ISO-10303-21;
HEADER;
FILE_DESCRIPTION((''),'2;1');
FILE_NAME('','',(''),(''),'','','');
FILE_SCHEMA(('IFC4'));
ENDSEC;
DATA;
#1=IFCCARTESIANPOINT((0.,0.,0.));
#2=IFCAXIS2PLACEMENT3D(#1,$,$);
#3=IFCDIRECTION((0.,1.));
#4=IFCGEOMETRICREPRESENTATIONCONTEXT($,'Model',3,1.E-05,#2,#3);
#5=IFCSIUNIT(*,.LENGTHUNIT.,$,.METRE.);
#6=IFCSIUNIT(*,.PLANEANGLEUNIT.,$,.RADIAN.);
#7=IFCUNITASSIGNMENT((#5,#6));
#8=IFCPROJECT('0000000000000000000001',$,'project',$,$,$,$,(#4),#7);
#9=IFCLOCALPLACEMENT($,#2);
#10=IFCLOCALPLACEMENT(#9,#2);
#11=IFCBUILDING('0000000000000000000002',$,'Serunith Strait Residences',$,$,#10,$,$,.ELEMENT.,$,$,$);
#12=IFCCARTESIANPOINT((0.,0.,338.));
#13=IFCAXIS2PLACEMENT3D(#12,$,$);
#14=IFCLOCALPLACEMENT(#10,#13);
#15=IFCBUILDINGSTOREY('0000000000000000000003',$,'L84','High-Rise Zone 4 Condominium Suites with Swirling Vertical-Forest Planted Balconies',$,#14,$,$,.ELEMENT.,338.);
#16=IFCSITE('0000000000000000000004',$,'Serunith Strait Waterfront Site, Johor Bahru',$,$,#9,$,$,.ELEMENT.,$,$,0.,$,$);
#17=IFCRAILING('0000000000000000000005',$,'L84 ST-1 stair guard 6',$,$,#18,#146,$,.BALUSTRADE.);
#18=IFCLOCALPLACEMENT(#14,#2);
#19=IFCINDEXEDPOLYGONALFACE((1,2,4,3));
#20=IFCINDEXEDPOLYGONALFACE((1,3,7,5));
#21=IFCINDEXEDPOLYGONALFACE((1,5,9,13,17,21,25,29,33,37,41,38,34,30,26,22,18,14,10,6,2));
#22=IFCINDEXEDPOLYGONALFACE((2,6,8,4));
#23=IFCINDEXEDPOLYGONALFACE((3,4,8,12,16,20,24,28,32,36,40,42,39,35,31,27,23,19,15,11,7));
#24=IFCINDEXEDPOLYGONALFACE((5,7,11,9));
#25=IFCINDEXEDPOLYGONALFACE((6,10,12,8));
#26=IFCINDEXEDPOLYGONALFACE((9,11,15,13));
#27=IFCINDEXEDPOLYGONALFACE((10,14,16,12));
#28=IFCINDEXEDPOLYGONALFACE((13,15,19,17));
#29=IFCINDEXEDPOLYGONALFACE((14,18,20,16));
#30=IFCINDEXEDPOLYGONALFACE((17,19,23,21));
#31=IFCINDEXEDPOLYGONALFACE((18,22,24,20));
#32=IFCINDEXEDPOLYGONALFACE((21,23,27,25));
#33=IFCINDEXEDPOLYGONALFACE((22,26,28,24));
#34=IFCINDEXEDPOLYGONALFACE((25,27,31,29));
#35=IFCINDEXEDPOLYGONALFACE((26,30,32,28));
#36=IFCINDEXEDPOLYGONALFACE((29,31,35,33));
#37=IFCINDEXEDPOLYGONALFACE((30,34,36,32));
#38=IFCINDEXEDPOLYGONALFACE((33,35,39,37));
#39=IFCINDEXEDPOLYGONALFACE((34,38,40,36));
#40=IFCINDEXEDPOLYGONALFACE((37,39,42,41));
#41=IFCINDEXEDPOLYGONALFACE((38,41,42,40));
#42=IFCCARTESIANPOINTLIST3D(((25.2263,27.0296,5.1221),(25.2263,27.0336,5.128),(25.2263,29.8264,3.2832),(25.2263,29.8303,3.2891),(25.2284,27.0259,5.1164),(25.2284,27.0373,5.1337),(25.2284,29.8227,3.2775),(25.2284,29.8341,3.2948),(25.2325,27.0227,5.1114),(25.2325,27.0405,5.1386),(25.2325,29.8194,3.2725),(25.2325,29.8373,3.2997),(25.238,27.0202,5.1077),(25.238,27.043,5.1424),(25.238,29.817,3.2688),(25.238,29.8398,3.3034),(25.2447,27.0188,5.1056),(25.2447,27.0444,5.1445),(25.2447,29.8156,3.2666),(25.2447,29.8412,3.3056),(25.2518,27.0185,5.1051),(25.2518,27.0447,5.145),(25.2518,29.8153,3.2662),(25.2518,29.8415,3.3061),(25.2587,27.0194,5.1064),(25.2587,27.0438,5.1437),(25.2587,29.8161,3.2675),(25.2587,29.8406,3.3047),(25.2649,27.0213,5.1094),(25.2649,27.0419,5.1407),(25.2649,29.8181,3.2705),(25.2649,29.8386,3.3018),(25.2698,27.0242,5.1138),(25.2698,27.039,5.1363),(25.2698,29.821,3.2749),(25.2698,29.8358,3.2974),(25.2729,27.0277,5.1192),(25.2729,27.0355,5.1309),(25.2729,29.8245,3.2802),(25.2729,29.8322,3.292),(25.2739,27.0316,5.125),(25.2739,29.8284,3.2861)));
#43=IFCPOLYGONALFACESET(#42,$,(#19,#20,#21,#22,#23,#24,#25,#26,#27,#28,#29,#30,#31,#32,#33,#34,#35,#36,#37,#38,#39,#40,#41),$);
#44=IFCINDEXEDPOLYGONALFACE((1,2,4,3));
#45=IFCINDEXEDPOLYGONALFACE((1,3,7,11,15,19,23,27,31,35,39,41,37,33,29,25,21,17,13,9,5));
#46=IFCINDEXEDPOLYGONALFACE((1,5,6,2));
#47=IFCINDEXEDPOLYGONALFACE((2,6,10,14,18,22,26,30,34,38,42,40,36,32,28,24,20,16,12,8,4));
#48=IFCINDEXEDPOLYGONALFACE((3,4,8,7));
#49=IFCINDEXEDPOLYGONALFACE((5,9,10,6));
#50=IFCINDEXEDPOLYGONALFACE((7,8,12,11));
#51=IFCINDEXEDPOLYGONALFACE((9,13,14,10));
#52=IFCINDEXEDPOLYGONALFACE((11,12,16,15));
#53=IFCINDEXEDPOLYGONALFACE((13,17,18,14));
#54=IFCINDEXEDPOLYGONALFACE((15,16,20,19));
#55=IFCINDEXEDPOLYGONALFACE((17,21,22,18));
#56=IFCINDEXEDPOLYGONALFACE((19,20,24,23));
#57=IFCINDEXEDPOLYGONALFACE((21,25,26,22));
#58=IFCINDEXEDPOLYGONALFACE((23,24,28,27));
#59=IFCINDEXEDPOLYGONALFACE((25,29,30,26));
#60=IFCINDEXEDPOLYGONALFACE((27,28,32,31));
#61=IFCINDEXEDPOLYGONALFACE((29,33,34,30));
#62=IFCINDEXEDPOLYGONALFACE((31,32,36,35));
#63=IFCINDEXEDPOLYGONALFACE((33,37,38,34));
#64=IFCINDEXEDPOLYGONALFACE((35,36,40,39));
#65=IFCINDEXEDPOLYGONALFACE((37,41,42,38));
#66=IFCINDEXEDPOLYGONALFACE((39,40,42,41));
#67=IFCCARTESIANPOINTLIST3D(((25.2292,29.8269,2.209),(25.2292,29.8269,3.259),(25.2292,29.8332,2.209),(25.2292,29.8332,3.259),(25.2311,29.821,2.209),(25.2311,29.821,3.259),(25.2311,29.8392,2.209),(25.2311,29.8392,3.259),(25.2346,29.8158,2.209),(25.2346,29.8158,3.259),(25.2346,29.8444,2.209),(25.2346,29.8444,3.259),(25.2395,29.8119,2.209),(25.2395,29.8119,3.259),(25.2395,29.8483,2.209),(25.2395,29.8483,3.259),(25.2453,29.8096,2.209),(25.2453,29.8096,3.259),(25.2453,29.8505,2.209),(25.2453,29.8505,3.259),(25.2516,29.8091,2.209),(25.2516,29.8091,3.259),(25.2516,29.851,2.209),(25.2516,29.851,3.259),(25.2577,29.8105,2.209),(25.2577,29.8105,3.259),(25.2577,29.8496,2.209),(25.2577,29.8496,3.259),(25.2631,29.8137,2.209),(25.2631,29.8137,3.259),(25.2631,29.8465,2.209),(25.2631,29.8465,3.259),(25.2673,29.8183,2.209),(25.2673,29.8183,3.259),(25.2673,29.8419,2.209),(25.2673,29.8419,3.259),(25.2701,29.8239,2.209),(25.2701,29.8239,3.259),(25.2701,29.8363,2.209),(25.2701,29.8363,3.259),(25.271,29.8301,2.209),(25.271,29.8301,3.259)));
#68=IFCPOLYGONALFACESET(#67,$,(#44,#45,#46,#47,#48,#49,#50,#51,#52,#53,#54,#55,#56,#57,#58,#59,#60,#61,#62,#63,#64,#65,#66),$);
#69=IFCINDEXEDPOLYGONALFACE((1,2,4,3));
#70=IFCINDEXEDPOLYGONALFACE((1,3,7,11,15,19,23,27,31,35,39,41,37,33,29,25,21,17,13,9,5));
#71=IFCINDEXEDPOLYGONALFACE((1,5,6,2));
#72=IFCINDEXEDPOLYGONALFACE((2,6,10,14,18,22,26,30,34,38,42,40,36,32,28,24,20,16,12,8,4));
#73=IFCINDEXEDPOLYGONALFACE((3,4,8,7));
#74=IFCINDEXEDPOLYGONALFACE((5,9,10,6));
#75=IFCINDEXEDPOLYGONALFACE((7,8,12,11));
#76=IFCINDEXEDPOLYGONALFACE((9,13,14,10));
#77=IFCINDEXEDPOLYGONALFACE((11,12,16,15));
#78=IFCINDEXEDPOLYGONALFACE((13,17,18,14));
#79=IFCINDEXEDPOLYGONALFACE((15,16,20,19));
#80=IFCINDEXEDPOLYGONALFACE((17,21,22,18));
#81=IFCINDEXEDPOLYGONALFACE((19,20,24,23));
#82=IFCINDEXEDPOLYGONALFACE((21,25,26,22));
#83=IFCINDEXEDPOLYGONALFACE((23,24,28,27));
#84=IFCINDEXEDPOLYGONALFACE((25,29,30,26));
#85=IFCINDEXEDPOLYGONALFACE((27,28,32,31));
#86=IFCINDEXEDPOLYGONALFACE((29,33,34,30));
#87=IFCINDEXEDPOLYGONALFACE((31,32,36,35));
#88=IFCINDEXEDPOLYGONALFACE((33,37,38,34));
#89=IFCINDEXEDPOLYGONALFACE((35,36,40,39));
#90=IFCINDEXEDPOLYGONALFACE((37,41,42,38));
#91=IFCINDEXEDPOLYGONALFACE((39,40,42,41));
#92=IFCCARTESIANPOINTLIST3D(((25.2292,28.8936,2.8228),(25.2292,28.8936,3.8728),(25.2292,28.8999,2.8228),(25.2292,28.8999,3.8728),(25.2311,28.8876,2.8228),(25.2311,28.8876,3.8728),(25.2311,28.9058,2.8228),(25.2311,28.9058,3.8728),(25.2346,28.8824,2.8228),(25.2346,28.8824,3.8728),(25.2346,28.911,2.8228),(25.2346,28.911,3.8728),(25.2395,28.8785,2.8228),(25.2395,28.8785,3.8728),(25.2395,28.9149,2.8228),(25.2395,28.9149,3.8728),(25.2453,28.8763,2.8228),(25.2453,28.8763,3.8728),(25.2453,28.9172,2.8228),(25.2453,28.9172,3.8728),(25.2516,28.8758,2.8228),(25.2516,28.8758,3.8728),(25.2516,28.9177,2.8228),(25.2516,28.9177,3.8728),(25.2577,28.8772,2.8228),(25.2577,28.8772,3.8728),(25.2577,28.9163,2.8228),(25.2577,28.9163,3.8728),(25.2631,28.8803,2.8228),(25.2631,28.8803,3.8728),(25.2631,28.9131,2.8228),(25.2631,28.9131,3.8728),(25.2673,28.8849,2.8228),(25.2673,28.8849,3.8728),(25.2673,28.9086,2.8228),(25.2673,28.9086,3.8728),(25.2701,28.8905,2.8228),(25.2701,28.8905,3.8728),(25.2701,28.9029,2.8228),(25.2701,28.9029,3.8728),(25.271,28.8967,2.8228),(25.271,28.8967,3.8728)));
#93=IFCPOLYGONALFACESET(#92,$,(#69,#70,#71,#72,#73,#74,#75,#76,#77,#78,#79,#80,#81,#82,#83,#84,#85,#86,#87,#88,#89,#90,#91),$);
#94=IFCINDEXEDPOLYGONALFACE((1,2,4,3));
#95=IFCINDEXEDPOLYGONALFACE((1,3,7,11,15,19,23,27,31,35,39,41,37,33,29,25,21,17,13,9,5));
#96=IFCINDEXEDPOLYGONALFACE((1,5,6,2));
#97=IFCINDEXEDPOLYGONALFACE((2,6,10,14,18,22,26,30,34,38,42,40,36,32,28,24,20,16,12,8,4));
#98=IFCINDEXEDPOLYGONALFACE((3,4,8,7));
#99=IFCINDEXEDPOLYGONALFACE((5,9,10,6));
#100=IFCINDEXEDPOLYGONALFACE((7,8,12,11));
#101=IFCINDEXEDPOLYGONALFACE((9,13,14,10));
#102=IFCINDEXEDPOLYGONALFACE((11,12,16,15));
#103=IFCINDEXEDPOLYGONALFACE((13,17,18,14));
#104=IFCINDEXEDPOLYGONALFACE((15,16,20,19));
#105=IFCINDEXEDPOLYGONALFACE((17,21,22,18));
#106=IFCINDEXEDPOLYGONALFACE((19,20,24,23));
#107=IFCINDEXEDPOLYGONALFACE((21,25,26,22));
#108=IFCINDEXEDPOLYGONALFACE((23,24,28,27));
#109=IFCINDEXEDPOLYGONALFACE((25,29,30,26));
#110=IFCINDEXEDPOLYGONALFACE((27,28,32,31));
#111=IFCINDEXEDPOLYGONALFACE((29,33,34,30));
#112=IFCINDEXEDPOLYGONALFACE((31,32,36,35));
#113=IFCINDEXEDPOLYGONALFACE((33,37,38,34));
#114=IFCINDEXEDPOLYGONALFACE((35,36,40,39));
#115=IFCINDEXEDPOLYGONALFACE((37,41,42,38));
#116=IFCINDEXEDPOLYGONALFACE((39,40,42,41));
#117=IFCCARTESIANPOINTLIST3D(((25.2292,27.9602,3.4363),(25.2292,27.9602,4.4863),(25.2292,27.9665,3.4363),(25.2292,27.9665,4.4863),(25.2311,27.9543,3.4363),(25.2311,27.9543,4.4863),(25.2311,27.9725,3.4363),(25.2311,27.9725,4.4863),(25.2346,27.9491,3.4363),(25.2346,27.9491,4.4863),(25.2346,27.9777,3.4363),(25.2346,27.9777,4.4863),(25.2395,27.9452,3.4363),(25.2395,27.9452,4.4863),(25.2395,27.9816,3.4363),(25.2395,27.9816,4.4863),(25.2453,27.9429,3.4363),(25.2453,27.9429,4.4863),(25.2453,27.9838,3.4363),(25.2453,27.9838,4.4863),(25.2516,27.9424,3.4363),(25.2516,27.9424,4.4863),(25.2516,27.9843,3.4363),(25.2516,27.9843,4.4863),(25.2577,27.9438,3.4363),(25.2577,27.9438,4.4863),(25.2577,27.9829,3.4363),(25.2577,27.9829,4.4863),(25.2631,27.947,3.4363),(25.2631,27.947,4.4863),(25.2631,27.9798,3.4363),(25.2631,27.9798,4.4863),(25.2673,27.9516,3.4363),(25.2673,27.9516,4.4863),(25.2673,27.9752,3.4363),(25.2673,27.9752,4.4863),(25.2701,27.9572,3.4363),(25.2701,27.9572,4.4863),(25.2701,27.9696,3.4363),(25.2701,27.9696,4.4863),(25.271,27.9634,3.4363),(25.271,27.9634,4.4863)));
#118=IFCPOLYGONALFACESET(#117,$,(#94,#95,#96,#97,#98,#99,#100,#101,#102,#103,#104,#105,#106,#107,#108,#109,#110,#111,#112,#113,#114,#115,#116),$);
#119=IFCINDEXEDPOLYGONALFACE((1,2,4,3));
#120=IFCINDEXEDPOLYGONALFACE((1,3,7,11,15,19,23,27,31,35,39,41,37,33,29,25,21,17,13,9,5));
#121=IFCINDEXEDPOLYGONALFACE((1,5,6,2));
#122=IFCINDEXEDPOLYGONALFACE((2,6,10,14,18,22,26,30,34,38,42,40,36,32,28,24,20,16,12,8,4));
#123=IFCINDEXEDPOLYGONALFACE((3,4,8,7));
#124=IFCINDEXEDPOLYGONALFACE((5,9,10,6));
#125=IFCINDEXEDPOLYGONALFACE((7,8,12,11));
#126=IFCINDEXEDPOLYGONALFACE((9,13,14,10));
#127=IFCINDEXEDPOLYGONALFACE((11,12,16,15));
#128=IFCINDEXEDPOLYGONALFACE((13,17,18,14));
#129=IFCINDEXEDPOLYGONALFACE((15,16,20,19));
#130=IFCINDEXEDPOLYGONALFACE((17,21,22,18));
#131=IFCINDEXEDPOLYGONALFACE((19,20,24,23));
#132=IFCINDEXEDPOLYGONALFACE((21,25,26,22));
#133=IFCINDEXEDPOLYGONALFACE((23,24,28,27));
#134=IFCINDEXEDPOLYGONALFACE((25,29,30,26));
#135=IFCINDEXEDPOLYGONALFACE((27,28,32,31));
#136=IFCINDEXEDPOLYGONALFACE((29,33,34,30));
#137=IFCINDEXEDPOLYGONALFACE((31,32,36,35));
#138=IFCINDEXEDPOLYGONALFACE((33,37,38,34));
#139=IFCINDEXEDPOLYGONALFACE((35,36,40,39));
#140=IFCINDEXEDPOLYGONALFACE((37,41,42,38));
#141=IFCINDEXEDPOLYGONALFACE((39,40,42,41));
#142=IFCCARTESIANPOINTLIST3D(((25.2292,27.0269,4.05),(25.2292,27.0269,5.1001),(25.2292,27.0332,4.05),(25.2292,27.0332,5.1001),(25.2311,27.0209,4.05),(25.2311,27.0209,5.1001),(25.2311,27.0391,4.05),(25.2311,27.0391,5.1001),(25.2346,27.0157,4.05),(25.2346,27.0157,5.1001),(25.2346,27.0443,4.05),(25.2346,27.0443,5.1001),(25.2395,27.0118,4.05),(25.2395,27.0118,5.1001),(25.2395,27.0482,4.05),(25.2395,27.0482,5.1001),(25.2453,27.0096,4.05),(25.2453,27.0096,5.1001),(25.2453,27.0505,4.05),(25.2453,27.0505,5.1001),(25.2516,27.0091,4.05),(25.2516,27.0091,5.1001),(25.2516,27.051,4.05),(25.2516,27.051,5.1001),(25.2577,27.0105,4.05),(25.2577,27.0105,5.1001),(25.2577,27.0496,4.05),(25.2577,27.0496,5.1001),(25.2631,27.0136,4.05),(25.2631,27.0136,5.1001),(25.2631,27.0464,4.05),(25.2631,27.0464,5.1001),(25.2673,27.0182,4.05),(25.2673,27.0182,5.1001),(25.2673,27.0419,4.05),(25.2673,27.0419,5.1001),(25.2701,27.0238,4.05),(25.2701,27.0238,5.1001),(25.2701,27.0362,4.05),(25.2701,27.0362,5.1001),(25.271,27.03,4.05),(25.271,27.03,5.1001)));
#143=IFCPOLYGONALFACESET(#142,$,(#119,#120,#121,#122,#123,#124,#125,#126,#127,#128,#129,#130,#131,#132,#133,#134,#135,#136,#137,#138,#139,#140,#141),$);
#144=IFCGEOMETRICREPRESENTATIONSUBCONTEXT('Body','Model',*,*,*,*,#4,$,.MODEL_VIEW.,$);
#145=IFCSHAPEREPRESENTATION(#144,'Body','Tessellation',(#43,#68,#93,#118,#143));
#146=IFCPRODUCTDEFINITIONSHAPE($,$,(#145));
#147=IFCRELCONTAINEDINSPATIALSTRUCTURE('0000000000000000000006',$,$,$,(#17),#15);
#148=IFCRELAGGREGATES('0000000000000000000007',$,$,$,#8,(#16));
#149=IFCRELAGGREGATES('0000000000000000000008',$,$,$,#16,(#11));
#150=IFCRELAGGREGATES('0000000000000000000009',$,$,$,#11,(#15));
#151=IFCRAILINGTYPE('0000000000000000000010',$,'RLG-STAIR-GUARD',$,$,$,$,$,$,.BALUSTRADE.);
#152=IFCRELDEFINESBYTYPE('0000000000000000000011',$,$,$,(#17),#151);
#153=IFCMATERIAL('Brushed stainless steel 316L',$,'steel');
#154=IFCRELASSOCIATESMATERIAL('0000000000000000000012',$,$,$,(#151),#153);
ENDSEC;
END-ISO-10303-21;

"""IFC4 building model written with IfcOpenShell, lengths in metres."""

from ifc_helpers import new_model, si_unit, direction, frame, origin, origin_2d, place, context, subcontext, project, spatial, circle, extrude, material, type_object, element, save


model = new_model("IFC4")

# Units and contexts
model_context = context("Model", 3, precision=1e-05, world=origin(), true_north=direction((0.0, 1.0)))
body_context = subcontext(model_context, "Body", "Model", "MODEL_VIEW")
ifc_project = project(units=[si_unit("LENGTHUNIT", "METRE"), si_unit("PLANEANGLEUNIT", "RADIAN")], contexts=[model_context])

# Site, building, storey
site_placement = place(None, origin())
site = spatial("IfcSite", under=ifc_project, at=site_placement, Name="Serunith Strait Waterfront Site, Johor Bahru", CompositionType="ELEMENT", RefElevation=0.0)
building_placement = place(site_placement, origin())
building = spatial("IfcBuilding", under=site, at=building_placement, Name="Serunith Strait Residences", CompositionType="ELEMENT")
storey_placement = place(building_placement, frame((0.0, 0.0, 338.0)))
storey = spatial("IfcBuildingStorey", under=building, at=storey_placement, Name="L84", Description="High-Rise Zone 4 Condominium Suites with Swirling Vertical-Forest Planted Balconies", CompositionType="ELEMENT", Elevation=338.0)

# Railing
ifc_material_1 = material(Name="Brushed stainless steel 316L", Category="steel")
railing_type_1 = type_object("IfcRailingType", Name="RLG-STAIR-GUARD", PredefinedType="BALUSTRADE", material=ifc_material_1)
railing_1_placement = place(storey_placement, frame((25.25, 29.8301, 2.209)))
element("IfcRailing", 1, at=railing_1_placement, inside=storey, type_object=railing_type_1, Name="L84 ST-1 stair guard 6", PredefinedType="BALUSTRADE", context=body_context, shape_type="SweptSolid", body=[
    extrude(circle(Radius=0.0239, at=origin_2d()), frame((0.0, -0.0017, 1.0771), z_axis=(0.0, -0.835564, 0.549393), x_axis=(1.0, 0.0, 0.0)), (0.0, 0.0, 1.0), 3.3472),
    extrude(circle(Radius=0.021, at=origin_2d()), origin(), (0.0, 0.0, 1.0), 1.05),
    extrude(circle(Radius=0.021, at=origin_2d()), frame((0.0, -0.9333, 0.6138)), (0.0, 0.0, 1.0), 1.05),
    extrude(circle(Radius=0.021, at=origin_2d()), frame((0.0, -1.8667, 1.2273)), (0.0, 0.0, 1.0), 1.05),
    extrude(circle(Radius=0.021, at=origin_2d()), frame((0.0, -2.8, 1.8411)), (0.0, 0.0, 1.0), 1.05),
])

save(model, "model.ifc")
